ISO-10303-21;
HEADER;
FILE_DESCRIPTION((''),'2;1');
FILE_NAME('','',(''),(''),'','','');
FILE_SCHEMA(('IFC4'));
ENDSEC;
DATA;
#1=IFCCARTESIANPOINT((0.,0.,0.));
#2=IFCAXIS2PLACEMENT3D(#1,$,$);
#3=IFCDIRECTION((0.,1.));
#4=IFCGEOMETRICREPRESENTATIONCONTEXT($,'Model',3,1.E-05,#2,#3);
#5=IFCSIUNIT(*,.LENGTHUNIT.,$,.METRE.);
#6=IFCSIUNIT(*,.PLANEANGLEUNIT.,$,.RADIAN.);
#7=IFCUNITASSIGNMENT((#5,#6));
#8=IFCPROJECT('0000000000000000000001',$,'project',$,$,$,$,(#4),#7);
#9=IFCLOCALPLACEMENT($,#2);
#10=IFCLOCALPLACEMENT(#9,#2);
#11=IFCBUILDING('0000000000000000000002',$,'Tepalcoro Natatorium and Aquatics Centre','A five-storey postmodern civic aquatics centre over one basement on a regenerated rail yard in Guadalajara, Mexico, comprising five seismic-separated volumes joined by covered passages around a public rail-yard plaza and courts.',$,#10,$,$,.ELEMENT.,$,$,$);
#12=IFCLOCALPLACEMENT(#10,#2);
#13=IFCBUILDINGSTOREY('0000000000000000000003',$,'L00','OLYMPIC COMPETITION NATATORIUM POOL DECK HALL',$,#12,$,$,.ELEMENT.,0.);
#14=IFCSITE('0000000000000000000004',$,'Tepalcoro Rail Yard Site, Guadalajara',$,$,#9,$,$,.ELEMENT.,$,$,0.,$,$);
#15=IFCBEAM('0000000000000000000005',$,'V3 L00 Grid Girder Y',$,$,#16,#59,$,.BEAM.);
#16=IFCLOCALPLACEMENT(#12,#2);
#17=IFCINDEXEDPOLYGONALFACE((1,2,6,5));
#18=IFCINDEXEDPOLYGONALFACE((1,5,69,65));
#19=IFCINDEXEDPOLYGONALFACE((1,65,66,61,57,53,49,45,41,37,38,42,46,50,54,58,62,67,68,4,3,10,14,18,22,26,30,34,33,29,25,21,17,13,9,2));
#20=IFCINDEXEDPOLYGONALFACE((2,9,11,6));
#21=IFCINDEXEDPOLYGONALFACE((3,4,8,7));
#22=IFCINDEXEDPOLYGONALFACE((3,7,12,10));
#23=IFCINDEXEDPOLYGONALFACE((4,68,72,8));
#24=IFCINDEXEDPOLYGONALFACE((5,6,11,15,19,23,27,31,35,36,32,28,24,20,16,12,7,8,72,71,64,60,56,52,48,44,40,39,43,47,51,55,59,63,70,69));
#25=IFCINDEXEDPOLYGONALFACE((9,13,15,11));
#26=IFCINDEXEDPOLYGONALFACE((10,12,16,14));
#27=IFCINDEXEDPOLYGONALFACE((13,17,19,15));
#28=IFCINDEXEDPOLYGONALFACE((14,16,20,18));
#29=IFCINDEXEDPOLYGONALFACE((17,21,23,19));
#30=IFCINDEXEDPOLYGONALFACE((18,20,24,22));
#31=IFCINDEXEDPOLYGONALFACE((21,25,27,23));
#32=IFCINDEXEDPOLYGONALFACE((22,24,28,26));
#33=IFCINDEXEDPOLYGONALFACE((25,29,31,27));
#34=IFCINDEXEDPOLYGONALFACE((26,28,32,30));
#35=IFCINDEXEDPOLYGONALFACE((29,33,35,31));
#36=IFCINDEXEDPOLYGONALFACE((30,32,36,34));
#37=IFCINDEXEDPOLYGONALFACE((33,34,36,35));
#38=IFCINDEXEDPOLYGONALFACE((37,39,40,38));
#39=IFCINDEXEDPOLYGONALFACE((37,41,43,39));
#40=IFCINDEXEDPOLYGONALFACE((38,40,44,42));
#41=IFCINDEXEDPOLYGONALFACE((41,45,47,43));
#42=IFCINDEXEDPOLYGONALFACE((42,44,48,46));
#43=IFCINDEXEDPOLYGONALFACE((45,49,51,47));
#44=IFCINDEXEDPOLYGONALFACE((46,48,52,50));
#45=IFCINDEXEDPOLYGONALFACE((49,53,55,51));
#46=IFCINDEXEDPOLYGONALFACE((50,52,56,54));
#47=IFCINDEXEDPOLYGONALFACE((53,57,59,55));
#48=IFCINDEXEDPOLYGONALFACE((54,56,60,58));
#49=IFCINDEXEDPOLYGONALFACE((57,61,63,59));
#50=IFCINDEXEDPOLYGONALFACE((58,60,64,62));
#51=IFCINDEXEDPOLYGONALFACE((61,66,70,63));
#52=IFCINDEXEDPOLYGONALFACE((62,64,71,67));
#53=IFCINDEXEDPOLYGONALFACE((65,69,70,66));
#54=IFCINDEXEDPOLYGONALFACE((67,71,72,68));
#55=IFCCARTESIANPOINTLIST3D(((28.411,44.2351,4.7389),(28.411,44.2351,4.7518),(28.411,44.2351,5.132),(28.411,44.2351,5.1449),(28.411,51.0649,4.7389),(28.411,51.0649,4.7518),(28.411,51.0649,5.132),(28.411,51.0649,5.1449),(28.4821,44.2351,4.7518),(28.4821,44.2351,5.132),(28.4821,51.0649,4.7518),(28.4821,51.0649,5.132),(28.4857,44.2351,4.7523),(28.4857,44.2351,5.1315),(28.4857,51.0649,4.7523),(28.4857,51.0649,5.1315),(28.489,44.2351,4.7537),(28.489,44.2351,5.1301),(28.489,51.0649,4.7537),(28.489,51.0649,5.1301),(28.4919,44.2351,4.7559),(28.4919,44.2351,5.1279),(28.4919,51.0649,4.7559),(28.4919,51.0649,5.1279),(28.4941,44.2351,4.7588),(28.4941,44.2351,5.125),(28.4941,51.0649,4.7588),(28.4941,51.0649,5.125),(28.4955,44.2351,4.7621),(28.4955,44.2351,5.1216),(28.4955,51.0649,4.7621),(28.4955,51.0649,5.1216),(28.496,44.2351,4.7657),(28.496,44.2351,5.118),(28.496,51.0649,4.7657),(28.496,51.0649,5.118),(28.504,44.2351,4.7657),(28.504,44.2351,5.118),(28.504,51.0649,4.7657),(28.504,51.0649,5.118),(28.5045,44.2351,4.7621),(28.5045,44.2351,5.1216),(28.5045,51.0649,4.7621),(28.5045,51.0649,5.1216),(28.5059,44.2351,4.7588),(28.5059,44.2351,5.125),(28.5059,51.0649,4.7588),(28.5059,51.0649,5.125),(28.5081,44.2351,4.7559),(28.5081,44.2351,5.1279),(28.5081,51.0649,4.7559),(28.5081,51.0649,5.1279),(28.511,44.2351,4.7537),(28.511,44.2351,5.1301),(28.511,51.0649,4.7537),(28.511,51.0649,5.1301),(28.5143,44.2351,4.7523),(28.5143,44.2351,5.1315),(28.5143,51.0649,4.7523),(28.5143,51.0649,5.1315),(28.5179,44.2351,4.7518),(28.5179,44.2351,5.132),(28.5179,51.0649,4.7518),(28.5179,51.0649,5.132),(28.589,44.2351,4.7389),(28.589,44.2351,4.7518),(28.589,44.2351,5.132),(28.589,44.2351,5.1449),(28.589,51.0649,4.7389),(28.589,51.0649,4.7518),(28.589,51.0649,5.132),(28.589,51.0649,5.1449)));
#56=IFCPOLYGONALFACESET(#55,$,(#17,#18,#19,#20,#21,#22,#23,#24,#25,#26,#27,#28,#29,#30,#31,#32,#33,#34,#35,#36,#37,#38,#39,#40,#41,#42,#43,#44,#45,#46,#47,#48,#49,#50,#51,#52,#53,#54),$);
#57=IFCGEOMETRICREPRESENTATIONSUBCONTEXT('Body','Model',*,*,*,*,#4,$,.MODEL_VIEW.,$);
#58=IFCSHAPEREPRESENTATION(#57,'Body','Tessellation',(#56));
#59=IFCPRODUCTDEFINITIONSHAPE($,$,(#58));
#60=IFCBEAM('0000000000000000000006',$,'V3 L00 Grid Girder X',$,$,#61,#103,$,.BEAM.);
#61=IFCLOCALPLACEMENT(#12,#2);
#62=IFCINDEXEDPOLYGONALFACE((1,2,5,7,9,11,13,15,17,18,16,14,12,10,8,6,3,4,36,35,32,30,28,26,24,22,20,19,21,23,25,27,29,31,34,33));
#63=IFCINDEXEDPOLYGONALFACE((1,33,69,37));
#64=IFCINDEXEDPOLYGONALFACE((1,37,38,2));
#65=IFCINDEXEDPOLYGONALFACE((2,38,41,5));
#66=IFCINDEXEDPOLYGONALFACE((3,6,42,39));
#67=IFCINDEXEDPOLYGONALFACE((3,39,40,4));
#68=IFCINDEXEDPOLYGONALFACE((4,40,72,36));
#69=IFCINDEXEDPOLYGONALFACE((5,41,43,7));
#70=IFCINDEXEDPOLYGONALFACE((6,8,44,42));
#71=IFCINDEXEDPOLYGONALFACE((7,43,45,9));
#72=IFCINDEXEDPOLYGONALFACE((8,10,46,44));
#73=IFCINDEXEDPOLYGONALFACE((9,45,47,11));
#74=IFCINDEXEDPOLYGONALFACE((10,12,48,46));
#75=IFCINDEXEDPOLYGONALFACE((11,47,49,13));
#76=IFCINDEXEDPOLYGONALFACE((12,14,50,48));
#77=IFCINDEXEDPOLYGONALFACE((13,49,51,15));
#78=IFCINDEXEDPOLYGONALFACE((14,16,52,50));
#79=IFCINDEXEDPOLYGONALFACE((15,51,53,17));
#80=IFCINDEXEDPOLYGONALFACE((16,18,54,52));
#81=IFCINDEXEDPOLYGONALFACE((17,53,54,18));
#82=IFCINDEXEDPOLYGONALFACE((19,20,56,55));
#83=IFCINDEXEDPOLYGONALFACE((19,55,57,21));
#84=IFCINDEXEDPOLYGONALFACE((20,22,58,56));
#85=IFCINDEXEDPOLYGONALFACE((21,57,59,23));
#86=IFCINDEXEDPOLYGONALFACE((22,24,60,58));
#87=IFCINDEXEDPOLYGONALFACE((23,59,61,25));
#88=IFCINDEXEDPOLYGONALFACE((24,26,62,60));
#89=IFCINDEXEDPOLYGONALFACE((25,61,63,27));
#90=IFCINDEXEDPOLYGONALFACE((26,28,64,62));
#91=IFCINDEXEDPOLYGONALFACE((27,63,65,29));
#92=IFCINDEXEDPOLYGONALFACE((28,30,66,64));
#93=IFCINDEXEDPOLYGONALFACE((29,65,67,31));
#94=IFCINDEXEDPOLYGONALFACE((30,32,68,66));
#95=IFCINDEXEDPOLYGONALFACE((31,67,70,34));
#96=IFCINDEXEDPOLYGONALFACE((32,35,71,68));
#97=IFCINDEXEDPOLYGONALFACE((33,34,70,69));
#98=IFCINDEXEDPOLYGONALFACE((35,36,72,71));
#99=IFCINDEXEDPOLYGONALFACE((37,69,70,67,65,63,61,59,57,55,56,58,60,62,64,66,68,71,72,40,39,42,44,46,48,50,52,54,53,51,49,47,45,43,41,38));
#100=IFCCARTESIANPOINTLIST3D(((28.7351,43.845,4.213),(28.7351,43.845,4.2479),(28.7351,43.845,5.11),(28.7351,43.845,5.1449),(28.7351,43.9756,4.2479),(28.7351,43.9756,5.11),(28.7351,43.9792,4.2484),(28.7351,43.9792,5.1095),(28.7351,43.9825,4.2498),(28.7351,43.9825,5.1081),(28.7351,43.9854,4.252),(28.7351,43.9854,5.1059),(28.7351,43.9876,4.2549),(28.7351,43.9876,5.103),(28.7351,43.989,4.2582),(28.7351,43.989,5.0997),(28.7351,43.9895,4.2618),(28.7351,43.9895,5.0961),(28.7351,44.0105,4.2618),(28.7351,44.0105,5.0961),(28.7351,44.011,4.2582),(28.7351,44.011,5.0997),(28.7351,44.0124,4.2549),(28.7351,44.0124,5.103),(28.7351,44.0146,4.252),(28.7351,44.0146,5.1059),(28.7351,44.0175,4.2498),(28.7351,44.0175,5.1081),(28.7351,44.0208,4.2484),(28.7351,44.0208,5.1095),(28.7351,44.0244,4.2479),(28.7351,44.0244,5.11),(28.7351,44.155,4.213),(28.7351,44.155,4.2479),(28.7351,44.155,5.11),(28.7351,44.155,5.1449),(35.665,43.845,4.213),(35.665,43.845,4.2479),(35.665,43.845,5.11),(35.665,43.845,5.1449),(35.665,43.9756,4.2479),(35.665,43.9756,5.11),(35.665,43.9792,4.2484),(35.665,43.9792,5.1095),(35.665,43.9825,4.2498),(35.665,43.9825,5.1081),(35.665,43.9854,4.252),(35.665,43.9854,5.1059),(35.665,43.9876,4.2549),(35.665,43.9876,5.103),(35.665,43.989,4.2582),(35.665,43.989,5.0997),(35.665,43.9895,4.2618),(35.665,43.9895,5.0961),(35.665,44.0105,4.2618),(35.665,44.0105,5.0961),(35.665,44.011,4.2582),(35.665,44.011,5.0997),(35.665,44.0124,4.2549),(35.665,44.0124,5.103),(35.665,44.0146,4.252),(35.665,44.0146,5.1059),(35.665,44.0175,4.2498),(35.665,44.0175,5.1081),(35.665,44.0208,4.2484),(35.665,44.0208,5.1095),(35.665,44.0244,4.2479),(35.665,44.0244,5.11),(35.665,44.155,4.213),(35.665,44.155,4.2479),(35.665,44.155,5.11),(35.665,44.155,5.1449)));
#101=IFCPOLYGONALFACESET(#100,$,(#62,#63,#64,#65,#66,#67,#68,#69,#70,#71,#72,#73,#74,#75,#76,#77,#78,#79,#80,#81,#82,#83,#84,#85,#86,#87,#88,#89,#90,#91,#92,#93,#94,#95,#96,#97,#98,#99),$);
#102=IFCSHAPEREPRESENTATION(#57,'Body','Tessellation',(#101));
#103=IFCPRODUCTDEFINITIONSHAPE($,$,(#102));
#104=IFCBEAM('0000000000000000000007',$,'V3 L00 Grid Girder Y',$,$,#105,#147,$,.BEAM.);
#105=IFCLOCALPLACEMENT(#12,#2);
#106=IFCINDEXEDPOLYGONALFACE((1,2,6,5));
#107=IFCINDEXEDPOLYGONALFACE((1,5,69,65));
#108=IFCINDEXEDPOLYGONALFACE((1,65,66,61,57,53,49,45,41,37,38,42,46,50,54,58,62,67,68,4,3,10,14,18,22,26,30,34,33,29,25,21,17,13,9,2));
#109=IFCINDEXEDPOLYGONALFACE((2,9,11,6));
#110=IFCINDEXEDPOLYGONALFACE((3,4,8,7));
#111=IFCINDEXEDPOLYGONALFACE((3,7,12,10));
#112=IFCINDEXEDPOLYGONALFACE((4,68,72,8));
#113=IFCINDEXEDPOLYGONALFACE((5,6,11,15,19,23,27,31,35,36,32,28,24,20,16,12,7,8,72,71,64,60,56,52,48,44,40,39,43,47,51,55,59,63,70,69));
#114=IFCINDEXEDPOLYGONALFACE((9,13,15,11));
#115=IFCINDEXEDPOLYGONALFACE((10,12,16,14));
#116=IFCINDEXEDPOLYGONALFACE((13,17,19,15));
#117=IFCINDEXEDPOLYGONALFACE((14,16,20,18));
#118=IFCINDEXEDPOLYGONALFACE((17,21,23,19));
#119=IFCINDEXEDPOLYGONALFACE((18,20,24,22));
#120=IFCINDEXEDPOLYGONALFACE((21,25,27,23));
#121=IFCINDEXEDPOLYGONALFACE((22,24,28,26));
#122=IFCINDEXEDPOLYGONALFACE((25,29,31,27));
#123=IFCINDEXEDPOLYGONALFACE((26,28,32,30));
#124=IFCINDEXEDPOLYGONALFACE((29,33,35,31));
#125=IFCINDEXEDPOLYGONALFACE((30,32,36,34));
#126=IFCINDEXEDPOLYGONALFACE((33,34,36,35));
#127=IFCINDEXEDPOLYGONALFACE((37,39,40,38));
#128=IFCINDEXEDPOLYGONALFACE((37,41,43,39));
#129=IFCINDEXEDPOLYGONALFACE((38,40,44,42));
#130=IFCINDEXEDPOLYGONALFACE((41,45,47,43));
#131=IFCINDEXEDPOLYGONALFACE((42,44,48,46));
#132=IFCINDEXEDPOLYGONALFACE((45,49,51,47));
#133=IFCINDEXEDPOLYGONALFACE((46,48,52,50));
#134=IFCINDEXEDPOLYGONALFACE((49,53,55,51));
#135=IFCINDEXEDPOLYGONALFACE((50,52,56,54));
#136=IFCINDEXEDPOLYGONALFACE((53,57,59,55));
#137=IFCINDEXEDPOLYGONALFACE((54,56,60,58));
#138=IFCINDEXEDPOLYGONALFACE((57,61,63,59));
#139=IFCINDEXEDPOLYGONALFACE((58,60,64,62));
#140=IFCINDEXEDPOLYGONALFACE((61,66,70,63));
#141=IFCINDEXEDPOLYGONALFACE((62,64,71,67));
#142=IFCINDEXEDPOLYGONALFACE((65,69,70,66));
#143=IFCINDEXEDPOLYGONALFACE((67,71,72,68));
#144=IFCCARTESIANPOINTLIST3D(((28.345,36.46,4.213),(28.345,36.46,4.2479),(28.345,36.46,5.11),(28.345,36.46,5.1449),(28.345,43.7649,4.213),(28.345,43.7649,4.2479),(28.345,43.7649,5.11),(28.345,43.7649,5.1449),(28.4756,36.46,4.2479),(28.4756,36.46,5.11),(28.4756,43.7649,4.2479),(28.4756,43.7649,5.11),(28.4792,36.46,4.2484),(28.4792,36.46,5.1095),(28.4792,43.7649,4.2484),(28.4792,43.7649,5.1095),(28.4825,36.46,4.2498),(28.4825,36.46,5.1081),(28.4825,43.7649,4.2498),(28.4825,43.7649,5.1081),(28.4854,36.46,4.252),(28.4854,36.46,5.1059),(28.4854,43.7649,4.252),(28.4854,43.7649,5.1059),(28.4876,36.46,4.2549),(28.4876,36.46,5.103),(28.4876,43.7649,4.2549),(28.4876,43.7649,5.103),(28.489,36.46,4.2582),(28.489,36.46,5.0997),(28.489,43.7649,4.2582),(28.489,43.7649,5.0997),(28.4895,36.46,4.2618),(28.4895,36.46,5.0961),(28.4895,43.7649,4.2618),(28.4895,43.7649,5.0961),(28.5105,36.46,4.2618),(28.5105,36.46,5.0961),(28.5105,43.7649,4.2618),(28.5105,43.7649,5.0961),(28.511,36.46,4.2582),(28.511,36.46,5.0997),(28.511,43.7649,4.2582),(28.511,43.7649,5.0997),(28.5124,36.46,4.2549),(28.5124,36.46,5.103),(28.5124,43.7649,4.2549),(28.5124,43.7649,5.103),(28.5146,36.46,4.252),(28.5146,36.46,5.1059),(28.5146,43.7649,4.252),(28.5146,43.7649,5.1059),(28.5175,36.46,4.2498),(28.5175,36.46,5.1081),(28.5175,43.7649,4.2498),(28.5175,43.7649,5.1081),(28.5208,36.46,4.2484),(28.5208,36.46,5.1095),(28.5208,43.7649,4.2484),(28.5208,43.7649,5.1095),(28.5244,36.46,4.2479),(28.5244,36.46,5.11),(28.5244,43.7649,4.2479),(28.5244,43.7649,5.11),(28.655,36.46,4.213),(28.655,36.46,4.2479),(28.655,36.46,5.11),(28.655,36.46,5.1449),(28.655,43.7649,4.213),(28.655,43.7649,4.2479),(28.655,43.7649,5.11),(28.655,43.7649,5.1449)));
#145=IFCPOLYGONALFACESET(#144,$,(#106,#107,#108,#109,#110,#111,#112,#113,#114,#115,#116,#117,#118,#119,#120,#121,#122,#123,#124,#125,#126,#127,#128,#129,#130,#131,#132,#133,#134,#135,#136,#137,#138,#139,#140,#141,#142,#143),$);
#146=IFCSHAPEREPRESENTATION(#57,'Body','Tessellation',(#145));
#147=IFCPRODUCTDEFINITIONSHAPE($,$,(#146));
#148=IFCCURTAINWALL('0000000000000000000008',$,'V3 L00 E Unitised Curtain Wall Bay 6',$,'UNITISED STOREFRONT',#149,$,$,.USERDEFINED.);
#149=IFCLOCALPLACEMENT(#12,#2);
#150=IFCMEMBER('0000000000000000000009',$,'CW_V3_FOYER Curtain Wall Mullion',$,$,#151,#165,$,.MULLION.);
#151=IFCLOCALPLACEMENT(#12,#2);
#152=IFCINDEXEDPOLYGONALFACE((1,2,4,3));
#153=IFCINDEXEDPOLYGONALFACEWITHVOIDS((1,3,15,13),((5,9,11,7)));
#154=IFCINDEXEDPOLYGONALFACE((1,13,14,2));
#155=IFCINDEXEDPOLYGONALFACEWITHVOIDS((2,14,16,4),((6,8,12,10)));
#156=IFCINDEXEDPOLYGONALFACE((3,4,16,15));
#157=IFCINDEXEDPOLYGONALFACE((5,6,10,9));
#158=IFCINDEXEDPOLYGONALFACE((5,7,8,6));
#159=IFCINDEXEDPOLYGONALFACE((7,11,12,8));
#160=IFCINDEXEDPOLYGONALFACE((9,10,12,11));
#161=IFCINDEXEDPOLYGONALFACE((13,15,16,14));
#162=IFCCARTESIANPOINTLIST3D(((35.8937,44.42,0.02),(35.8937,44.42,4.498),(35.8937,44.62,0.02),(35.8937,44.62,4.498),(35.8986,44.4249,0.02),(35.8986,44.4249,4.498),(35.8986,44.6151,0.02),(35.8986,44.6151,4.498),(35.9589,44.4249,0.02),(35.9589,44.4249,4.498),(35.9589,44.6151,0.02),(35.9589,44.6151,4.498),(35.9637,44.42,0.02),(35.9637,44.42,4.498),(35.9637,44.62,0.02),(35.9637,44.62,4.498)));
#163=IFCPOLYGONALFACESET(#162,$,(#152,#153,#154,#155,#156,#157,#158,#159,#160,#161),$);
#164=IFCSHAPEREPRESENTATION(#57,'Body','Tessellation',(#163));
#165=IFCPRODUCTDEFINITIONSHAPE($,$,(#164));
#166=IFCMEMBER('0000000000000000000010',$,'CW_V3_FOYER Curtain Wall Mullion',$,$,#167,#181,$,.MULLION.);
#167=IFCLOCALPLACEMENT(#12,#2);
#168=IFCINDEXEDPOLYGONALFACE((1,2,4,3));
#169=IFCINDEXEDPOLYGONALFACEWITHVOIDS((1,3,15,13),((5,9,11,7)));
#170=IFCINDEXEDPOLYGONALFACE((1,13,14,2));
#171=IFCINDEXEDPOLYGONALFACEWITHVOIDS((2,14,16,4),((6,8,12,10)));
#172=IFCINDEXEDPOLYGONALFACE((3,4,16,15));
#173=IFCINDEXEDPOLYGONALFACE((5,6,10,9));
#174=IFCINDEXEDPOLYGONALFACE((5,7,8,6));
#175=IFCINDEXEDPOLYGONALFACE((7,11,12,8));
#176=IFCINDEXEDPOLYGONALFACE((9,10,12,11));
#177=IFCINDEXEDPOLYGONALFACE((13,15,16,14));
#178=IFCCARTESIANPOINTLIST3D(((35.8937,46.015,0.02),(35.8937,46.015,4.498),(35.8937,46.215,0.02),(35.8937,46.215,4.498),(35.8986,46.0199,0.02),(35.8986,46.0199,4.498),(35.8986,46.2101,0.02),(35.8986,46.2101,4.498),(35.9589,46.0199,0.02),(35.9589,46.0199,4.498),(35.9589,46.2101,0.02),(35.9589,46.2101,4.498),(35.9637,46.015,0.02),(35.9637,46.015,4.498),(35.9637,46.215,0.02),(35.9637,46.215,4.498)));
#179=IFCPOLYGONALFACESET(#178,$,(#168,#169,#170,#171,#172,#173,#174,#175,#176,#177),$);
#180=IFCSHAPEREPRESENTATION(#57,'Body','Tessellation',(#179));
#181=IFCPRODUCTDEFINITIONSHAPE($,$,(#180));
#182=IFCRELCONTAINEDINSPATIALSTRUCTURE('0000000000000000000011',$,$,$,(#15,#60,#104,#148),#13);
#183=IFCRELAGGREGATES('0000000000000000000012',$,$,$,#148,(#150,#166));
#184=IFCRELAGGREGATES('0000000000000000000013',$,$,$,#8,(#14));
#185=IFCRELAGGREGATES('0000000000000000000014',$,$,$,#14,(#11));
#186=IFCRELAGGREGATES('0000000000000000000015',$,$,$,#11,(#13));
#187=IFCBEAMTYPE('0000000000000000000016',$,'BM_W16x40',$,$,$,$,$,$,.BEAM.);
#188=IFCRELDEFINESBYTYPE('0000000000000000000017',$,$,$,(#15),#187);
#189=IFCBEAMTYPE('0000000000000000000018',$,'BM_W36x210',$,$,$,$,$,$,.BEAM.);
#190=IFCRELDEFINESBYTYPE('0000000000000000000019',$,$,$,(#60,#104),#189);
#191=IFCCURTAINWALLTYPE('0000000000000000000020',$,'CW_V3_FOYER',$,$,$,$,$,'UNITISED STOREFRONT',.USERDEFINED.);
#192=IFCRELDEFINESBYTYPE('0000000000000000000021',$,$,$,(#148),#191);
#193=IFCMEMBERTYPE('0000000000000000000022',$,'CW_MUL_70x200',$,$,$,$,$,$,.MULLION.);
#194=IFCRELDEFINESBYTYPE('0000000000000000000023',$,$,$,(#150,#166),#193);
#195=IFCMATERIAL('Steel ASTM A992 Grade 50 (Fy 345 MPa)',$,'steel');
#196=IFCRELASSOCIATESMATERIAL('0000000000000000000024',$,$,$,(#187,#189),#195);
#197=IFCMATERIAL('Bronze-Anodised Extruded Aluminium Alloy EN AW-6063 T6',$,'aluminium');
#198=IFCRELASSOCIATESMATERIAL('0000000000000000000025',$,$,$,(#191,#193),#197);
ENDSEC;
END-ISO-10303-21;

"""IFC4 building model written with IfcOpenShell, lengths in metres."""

from ifc_helpers import new_model, si_unit, direction, frame, origin, origin_2d, place, context, subcontext, project, spatial, hollow_rectangle, i_section, extrude, material, material_profile, profile_set, type_object, element, aggregate, save


model = new_model("IFC4")

# Units and contexts
model_context = context("Model", 3, precision=1e-05, world=origin(), true_north=direction((0.0, 1.0)))
body_context = subcontext(model_context, "Body", "Model", "MODEL_VIEW")
ifc_project = project(units=[si_unit("LENGTHUNIT", "METRE"), si_unit("PLANEANGLEUNIT", "RADIAN")], contexts=[model_context])

# Site, building, storey
site_placement = place(None, origin())
site = spatial("IfcSite", under=ifc_project, at=site_placement, Name="Tepalcoro Rail Yard Site, Guadalajara", CompositionType="ELEMENT", RefElevation=0.0)
building_placement = place(site_placement, origin())
building = spatial("IfcBuilding", under=site, at=building_placement, Name="Tepalcoro Natatorium and Aquatics Centre", Description="A five-storey postmodern civic aquatics centre over one basement on a regenerated rail yard in Guadalajara, Mexico, comprising five seismic-separated volumes joined by covered passages around a public rail-yard plaza and courts.", CompositionType="ELEMENT")
storey_placement = place(building_placement, origin())
storey = spatial("IfcBuildingStorey", under=building, at=storey_placement, Name="L00", Description="OLYMPIC COMPETITION NATATORIUM POOL DECK HALL", CompositionType="ELEMENT", Elevation=0.0)

# Beams
ifc_material_1 = material(Name="Steel ASTM A992 Grade 50 (Fy 345 MPa)", Category="steel")
ifc_material_profile_1 = material_profile(ifc_material_1, i_section(OverallWidth=0.178, OverallDepth=0.406, WebThickness=0.0081, FlangeThickness=0.0129, FilletRadius=0.0139, at=origin_2d()), Name="W16X40")
ifc_profile_set_1 = profile_set([ifc_material_profile_1], Name="Steel ASTM A992 Grade 50 (Fy 345 MPa)")
beam_type_1 = type_object("IfcBeamType", Name="BM_W16x40", PredefinedType="BEAM", material=ifc_profile_set_1)
beam_1_placement = place(storey_placement, frame((28.5, 44.2351, 4.9419), z_axis=(0.0, 1.0, 0.0), x_axis=(-1.0, 0.0, 0.0)))
element("IfcBeam", 1, at=beam_1_placement, inside=storey, type_object=beam_type_1, Name="V3 L00 Grid Girder Y", PredefinedType="BEAM", context=body_context, shape_type="SweptSolid", body=[
    extrude(i_section(OverallWidth=0.178, OverallDepth=0.406, WebThickness=0.0081, FlangeThickness=0.0129, FilletRadius=0.0139, at=origin_2d()), origin(), (0.0, 0.0, 1.0), 6.8298),
])
ifc_material_profile_2 = material_profile(ifc_material_1, i_section(OverallWidth=0.3101, OverallDepth=0.9319, WebThickness=0.021, FlangeThickness=0.0349, FilletRadius=0.0139, at=origin_2d()), Name="W36X210")
ifc_profile_set_2 = profile_set([ifc_material_profile_2], Name="Steel ASTM A992 Grade 50 (Fy 345 MPa)")
beam_type_2 = type_object("IfcBeamType", Name="BM_W36x210", PredefinedType="BEAM", material=ifc_profile_set_2)
beam_2_placement = place(storey_placement, frame((28.7351, 44.0, 4.679), z_axis=(1.0, 0.0, 0.0), x_axis=(0.0, 1.0, 0.0)))
element("IfcBeam", 2, at=beam_2_placement, inside=storey, type_object=beam_type_2, Name="V3 L00 Grid Girder X", PredefinedType="BEAM", context=body_context, shape_type="SweptSolid", body=[
    extrude(i_section(OverallWidth=0.3101, OverallDepth=0.9319, WebThickness=0.021, FlangeThickness=0.0349, FilletRadius=0.0139, at=origin_2d()), origin(), (0.0, 0.0, 1.0), 6.9299),
])
beam_3_placement = place(storey_placement, frame((28.5, 36.46, 4.679), z_axis=(0.0, 1.0, 0.0), x_axis=(-1.0, 0.0, 0.0)))
element("IfcBeam", 3, at=beam_3_placement, inside=storey, type_object=beam_type_2, Name="V3 L00 Grid Girder Y", PredefinedType="BEAM", context=body_context, shape_type="SweptSolid", body=[
    extrude(i_section(OverallWidth=0.3101, OverallDepth=0.9319, WebThickness=0.021, FlangeThickness=0.0349, FilletRadius=0.0139, at=origin_2d()), origin(), (0.0, 0.0, 1.0), 7.3049),
])

# Curtain wall, members
ifc_material_2 = material(Name="Bronze-Anodised Extruded Aluminium Alloy EN AW-6063 T6", Category="aluminium")
curtain_wall_type = type_object("IfcCurtainWallType", Name="CW_V3_FOYER", ElementType="UNITISED STOREFRONT", PredefinedType="USERDEFINED", material=ifc_material_2)
curtain_wall_placement = place(storey_placement, origin())
curtain_wall = element("IfcCurtainWall", 4, at=curtain_wall_placement, inside=storey, type_object=curtain_wall_type, Name="V3 L00 E Unitised Curtain Wall Bay 6", ObjectType="UNITISED STOREFRONT", PredefinedType="USERDEFINED")
ifc_material_profile_3 = material_profile(ifc_material_2, hollow_rectangle(XDim=0.0701, YDim=0.2, WallThickness=0.0049, at=origin_2d()), Name="AL70X200X5")
ifc_profile_set_3 = profile_set([ifc_material_profile_3], Name="Bronze-Anodised Extruded Aluminium Alloy EN AW-6063 T6")
member_type_1 = type_object("IfcMemberType", Name="CW_MUL_70x200", PredefinedType="MULLION", material=ifc_profile_set_3)
member_1_placement = place(storey_placement, frame((35.9287, 44.52, 0.02), z_axis=(0.0, 0.0, 1.0), x_axis=(1.0, 0.0, 0.0)))
member_1 = element("IfcMember", 5, at=member_1_placement, type_object=member_type_1, Name="CW_V3_FOYER Curtain Wall Mullion", PredefinedType="MULLION", context=body_context, shape_type="SweptSolid", body=[
    extrude(hollow_rectangle(XDim=0.0701, YDim=0.2, WallThickness=0.0049, at=origin_2d()), origin(), (0.0, 0.0, 1.0), 4.478),
])
member_2_placement = place(storey_placement, frame((35.9287, 46.115, 0.02), z_axis=(0.0, 0.0, 1.0), x_axis=(1.0, 0.0, 0.0)))
member_2 = element("IfcMember", 6, at=member_2_placement, type_object=member_type_1, Name="CW_V3_FOYER Curtain Wall Mullion", PredefinedType="MULLION", context=body_context, shape_type="SweptSolid", body=[
    extrude(hollow_rectangle(XDim=0.0701, YDim=0.2, WallThickness=0.0049, at=origin_2d()), origin(), (0.0, 0.0, 1.0), 4.478),
])

aggregate(curtain_wall, [member_1, member_2])

save(model, "model.ifc")
